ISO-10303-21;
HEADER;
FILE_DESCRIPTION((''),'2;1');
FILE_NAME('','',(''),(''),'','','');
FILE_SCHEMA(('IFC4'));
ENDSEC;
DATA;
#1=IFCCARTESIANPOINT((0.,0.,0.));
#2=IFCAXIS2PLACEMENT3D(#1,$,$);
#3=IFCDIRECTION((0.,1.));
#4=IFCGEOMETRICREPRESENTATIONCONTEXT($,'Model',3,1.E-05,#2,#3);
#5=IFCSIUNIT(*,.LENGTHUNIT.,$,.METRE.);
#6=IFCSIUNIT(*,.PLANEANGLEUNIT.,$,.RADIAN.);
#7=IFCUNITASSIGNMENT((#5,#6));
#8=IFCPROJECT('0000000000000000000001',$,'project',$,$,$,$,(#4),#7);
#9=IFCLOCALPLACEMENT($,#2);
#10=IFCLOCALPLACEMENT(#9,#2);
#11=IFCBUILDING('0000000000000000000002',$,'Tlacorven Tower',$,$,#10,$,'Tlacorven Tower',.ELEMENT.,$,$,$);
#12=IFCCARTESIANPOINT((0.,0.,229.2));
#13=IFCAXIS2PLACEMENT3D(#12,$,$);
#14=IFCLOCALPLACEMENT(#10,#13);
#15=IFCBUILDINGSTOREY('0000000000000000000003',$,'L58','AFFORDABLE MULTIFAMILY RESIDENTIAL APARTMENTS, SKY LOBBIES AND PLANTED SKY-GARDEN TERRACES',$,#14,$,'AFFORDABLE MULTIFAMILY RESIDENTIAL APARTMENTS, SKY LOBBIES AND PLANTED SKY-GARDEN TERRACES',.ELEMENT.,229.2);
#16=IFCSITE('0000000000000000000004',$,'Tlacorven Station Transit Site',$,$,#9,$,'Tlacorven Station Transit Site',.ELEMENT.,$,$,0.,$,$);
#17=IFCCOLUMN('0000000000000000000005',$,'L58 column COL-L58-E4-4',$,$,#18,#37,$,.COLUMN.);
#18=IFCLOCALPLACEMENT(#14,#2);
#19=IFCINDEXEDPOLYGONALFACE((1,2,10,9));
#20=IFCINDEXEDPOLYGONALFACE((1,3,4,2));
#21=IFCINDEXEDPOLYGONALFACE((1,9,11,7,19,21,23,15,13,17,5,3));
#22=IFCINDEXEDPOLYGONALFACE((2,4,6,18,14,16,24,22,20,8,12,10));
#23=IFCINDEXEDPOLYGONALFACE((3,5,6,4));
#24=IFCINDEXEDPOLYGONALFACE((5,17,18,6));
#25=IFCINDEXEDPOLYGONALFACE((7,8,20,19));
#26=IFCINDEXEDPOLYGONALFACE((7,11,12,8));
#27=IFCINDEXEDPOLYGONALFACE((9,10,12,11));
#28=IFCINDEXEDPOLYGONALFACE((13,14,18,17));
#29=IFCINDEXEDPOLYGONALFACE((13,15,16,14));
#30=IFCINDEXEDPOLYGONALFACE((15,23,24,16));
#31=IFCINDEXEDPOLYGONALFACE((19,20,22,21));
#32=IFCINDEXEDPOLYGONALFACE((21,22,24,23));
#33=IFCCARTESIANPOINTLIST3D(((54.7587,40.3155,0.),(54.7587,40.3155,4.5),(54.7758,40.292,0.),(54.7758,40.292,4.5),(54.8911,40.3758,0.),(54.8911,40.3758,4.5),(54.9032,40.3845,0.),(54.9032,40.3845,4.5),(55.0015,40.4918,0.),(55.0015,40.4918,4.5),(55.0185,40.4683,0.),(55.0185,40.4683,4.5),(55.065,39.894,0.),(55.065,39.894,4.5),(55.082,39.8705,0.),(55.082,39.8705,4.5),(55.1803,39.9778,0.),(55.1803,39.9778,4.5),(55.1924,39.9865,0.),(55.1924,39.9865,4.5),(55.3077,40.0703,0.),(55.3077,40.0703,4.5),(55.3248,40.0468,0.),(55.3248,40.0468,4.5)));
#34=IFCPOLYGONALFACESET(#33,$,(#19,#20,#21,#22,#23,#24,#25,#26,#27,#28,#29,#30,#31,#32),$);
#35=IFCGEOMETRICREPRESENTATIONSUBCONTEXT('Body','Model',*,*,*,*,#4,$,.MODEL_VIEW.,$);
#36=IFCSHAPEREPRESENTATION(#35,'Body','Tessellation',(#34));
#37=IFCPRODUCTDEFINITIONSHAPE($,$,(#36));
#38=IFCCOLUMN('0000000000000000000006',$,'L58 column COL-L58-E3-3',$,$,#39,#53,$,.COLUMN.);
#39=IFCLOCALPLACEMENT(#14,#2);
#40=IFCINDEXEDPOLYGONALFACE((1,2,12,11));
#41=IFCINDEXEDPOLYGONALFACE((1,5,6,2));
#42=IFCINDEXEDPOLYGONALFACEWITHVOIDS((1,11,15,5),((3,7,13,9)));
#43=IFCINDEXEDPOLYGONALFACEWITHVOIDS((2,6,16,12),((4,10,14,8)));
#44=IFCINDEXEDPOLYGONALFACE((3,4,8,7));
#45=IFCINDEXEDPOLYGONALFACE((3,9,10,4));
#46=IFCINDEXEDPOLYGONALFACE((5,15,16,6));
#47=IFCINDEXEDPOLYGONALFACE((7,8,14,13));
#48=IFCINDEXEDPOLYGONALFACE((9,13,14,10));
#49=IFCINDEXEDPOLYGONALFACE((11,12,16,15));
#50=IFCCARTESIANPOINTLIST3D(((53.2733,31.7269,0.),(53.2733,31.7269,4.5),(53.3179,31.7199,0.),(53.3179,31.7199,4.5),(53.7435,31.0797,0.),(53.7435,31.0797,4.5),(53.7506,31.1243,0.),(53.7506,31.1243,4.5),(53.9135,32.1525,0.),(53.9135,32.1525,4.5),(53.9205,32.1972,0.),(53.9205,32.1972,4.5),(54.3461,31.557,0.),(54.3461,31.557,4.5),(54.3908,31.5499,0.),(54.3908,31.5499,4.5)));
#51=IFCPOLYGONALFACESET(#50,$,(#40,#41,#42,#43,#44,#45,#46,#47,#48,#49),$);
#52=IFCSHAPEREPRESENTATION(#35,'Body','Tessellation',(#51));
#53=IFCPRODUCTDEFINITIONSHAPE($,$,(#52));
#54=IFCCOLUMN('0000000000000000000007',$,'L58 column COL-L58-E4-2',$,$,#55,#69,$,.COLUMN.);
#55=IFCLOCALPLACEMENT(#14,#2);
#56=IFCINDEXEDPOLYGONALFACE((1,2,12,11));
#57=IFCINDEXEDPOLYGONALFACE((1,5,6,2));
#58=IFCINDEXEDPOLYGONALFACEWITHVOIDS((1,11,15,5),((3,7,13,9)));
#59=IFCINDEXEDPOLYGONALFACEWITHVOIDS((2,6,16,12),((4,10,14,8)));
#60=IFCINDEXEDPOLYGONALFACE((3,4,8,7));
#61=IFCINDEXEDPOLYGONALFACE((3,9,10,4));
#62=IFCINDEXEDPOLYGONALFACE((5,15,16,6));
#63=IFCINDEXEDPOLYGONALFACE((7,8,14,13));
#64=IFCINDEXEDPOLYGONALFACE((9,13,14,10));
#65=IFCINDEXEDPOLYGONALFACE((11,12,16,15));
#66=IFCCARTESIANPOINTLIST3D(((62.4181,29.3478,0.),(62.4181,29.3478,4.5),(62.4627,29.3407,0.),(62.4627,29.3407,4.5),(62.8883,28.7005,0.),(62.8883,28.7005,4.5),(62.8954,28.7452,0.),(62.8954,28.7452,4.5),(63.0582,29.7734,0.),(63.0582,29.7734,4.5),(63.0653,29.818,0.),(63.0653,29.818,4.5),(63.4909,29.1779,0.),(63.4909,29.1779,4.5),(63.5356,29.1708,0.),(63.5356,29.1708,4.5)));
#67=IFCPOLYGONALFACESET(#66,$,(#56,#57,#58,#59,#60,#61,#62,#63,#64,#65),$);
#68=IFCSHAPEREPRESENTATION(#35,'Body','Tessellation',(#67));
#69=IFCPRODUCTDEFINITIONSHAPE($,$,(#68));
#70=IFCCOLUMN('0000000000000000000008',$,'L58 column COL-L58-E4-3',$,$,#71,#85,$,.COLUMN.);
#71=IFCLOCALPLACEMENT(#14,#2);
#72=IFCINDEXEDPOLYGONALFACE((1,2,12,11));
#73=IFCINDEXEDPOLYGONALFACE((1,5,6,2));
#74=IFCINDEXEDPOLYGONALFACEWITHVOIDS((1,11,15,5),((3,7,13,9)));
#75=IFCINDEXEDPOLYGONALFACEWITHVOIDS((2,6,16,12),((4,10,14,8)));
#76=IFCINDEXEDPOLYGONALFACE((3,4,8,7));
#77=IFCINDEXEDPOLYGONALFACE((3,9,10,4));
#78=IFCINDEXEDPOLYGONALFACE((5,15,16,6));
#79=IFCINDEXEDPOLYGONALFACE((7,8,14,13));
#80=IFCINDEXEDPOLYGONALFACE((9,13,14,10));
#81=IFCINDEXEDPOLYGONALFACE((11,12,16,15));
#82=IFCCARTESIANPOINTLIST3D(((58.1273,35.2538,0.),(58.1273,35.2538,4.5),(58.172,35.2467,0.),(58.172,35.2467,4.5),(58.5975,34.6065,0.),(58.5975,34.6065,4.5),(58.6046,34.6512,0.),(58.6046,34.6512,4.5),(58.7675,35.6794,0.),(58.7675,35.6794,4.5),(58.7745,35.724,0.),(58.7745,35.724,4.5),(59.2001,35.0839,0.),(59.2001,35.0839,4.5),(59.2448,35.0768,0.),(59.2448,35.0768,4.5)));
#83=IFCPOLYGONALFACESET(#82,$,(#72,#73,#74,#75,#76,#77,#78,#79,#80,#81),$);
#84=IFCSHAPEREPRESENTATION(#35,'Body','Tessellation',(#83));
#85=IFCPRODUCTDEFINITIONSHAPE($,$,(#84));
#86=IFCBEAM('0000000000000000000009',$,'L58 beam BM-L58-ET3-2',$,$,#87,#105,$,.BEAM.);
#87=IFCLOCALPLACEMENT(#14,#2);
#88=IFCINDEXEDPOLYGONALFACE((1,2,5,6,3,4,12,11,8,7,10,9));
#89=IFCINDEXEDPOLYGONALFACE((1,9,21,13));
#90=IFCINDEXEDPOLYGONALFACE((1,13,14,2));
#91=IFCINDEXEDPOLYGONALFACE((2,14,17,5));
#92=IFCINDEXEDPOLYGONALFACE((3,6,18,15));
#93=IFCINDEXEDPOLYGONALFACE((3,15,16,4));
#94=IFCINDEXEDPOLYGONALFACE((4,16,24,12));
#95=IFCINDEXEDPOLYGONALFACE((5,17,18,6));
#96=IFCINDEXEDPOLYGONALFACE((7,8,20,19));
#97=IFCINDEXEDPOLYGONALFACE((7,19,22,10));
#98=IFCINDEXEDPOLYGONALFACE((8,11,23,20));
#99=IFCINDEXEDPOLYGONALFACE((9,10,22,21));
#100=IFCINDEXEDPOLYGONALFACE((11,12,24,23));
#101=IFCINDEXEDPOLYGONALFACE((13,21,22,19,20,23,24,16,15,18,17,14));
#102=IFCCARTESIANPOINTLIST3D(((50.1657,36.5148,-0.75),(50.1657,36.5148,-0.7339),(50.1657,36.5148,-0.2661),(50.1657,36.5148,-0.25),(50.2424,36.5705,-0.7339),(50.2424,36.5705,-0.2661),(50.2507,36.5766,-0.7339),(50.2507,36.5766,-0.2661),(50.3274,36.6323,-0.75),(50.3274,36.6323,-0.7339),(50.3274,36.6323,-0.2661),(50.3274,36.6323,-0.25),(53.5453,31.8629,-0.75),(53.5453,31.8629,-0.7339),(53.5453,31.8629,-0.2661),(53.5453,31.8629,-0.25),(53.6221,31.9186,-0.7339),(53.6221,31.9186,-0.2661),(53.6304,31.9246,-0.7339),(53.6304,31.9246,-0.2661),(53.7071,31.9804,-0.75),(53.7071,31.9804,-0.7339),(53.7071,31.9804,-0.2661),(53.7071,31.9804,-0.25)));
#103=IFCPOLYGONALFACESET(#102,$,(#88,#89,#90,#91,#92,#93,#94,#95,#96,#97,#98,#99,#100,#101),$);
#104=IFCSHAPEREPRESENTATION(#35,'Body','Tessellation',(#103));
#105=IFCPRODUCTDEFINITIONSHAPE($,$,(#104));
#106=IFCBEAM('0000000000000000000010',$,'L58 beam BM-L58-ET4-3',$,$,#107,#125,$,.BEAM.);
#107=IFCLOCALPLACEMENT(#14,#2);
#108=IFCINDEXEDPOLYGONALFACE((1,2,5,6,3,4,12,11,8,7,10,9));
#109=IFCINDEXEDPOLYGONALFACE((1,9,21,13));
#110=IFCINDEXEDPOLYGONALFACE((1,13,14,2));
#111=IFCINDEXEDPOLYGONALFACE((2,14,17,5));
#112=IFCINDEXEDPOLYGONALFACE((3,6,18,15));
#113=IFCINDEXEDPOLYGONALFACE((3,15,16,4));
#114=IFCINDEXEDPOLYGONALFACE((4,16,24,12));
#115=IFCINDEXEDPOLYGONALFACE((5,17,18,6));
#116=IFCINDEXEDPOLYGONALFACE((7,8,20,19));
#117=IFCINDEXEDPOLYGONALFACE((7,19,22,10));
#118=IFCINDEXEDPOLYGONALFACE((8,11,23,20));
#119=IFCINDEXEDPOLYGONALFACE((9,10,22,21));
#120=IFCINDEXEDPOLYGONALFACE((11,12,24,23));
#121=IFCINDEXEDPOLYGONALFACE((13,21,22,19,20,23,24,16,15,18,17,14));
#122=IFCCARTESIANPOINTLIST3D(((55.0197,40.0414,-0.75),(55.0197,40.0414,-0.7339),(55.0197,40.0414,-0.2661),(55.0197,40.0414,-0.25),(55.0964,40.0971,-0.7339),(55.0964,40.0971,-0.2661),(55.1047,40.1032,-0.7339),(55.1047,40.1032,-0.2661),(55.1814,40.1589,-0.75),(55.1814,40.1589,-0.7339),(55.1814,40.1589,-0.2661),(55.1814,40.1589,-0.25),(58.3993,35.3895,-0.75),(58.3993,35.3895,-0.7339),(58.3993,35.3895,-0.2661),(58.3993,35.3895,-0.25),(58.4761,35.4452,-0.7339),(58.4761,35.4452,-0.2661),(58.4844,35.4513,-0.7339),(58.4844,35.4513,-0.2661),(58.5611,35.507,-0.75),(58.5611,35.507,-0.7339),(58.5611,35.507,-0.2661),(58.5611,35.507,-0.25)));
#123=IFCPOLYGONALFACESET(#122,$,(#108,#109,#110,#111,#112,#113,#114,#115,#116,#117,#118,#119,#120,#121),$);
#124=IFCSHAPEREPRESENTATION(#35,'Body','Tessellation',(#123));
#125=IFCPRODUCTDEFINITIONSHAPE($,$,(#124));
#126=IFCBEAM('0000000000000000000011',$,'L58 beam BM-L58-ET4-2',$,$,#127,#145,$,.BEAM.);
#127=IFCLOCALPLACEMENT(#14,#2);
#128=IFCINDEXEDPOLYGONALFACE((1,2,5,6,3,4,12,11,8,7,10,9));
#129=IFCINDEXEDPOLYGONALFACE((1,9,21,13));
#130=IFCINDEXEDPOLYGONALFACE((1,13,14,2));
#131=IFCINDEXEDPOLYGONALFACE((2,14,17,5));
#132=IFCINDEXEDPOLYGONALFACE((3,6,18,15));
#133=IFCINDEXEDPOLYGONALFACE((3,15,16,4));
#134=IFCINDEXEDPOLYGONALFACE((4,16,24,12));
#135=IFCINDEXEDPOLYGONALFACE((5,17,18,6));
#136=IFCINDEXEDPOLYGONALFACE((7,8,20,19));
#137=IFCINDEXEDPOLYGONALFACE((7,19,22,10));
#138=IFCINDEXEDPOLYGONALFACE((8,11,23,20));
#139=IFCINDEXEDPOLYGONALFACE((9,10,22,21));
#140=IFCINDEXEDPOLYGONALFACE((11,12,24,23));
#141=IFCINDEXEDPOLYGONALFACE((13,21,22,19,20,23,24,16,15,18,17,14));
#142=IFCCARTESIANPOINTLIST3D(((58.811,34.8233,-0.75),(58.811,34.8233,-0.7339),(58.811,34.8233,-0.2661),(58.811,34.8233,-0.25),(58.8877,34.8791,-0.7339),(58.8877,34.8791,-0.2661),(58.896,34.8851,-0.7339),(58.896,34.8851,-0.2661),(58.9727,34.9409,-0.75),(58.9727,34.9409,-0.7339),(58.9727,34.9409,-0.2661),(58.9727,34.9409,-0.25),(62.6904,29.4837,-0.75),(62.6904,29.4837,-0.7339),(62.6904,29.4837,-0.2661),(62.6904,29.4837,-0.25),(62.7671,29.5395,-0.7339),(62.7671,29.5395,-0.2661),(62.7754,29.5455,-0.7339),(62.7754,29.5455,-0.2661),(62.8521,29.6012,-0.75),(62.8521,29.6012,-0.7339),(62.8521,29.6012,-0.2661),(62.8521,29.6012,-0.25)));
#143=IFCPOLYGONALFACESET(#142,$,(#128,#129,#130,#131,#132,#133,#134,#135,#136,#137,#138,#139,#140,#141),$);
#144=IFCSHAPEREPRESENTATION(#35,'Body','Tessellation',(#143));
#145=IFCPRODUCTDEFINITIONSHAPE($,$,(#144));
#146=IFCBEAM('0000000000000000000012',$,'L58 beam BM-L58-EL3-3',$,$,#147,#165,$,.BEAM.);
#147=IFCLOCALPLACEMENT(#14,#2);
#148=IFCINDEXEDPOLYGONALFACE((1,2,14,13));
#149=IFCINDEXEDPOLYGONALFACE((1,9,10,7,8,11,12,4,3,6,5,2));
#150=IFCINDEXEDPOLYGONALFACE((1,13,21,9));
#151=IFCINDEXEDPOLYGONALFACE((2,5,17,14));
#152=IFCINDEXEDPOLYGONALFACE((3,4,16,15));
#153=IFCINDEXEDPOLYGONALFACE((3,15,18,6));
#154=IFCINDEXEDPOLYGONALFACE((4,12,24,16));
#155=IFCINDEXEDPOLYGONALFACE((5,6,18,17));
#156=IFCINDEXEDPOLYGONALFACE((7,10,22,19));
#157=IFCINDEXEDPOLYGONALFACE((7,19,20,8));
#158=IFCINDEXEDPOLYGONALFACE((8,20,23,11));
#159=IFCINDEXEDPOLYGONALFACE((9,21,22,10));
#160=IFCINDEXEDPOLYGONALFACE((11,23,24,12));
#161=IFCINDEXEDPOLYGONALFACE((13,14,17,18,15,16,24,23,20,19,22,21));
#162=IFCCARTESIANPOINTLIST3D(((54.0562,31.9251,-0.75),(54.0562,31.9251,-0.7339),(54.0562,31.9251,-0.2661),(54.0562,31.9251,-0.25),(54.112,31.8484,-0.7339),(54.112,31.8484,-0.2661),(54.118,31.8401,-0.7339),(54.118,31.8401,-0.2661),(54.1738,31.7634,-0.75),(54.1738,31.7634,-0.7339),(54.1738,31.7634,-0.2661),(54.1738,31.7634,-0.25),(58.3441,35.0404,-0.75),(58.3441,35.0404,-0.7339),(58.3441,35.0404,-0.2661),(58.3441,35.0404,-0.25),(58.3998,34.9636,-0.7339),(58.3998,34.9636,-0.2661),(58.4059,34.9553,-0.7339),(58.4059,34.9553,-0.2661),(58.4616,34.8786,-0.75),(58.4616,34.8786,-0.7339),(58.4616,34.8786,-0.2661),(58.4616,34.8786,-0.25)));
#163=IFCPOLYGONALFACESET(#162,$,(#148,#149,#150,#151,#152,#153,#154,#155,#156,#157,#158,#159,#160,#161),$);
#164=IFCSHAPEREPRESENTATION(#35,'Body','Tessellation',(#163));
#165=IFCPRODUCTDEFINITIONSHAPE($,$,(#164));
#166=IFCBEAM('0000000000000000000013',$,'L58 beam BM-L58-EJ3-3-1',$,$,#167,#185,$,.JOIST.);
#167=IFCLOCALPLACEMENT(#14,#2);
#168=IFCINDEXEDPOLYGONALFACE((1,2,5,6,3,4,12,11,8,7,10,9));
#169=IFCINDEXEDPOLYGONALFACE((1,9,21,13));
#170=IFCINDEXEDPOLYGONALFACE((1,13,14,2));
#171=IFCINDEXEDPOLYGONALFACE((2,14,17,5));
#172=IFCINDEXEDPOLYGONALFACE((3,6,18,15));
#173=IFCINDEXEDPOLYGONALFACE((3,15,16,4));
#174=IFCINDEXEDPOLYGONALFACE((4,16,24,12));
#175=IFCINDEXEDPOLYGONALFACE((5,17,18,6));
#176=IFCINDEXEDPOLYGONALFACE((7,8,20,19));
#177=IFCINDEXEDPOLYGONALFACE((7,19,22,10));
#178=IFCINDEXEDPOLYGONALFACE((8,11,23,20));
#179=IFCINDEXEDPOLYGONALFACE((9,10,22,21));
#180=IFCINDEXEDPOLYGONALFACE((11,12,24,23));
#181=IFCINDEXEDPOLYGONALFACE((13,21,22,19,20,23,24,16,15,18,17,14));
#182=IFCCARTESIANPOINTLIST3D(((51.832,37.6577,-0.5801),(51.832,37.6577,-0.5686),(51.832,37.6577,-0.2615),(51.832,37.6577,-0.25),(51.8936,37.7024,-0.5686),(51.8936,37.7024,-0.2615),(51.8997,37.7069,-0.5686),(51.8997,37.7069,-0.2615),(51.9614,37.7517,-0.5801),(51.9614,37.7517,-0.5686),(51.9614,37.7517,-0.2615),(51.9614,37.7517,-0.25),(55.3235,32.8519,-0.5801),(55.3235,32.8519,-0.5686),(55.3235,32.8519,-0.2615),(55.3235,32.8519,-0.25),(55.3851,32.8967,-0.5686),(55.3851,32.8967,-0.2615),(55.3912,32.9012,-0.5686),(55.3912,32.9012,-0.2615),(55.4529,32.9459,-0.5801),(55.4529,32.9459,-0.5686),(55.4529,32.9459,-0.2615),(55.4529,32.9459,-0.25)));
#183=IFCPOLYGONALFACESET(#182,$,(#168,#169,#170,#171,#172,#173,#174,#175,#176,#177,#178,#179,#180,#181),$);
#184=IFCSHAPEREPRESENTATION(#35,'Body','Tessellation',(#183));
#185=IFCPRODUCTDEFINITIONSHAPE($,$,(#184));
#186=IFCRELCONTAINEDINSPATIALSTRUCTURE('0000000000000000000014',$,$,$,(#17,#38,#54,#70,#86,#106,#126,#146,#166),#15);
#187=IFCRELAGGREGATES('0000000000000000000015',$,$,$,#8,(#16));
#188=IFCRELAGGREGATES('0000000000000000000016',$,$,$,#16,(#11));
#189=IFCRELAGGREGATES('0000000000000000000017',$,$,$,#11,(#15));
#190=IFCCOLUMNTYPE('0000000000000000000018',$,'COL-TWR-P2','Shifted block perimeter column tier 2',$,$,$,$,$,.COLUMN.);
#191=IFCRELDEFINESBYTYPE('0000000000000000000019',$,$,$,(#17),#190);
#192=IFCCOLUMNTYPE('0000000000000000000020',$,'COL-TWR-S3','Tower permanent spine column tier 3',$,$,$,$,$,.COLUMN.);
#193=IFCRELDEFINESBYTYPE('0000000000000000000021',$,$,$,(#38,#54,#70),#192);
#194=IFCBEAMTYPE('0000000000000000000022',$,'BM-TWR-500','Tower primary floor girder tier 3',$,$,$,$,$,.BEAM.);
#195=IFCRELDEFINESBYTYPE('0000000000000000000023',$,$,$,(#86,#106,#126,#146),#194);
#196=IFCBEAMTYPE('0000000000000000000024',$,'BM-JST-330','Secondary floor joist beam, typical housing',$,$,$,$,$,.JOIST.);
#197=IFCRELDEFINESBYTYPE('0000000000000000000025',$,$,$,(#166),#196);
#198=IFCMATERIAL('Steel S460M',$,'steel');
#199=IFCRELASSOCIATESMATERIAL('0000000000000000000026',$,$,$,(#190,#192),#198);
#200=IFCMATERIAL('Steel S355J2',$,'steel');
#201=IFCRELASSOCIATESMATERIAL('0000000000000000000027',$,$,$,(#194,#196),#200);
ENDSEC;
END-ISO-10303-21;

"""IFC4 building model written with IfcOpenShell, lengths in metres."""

from ifc_helpers import new_model, si_unit, direction, frame, origin, origin_2d, place, context, subcontext, project, spatial, hollow_rectangle, i_section, extrude, source, transform, mapped, material, material_profile, profile_set, type_object, element, save


model = new_model("IFC4")

# Units and contexts
model_context = context("Model", 3, precision=1e-05, world=origin(), true_north=direction((0.0, 1.0)))
body_context = subcontext(model_context, "Body", "Model", "MODEL_VIEW")
ifc_project = project(units=[si_unit("LENGTHUNIT", "METRE"), si_unit("PLANEANGLEUNIT", "RADIAN")], contexts=[model_context])

# Site, building, storey
site_placement = place(None, origin())
site = spatial("IfcSite", under=ifc_project, at=site_placement, Name="Tlacorven Station Transit Site", LongName="Tlacorven Station Transit Site", CompositionType="ELEMENT", RefElevation=0.0)
building_placement = place(site_placement, origin())
building = spatial("IfcBuilding", under=site, at=building_placement, Name="Tlacorven Tower", LongName="Tlacorven Tower", CompositionType="ELEMENT")
storey_placement = place(building_placement, frame((0.0, 0.0, 229.2)))
storey = spatial("IfcBuildingStorey", under=building, at=storey_placement, Name="L58", Description="AFFORDABLE MULTIFAMILY RESIDENTIAL APARTMENTS, SKY LOBBIES AND PLANTED SKY-GARDEN TERRACES", LongName="AFFORDABLE MULTIFAMILY RESIDENTIAL APARTMENTS, SKY LOBBIES AND PLANTED SKY-GARDEN TERRACES", CompositionType="ELEMENT", Elevation=229.2)

# Columns
ifc_material_1 = material(Name="Steel S460M", Category="steel")
ifc_material_profile_1 = material_profile(ifc_material_1, i_section(OverallWidth=0.3, OverallDepth=0.55, WebThickness=0.0149, FlangeThickness=0.0291, at=origin_2d()), Name="HEB 550")
ifc_profile_set_1 = profile_set([ifc_material_profile_1], Name="Steel S460M")
column_type_1 = type_object("IfcColumnType", Name="COL-TWR-P2", Description="Shifted block perimeter column tier 2", PredefinedType="COLUMN", material=ifc_profile_set_1)
shared_shape_1 = source(origin(), body_context, "Body", "SweptSolid", [
    extrude(i_section(OverallWidth=0.3, OverallDepth=0.55, WebThickness=0.0149, FlangeThickness=0.0291, at=origin_2d()), origin(), (0.0, 0.0, 1.0), 4.5),
])
column_placement = place(storey_placement, frame((55.0417, 40.1812, 0.0), z_axis=(0.0, 0.0, 1.0), x_axis=(0.809017, 0.587785, 0.0)))
element("IfcColumn", 1, at=column_placement, inside=storey, type_object=column_type_1, Name="L58 column COL-L58-E4-4", PredefinedType="COLUMN", context=body_context, shape_type="MappedRepresentation", body=[
    mapped(shared_shape_1, transform((0.0, 0.0, 0.0), scale=1.0)),
])
ifc_material_profile_2 = material_profile(ifc_material_1, hollow_rectangle(XDim=0.8, YDim=0.8, WallThickness=0.032, at=origin_2d()), Name="BOX 800X800X32")
ifc_profile_set_2 = profile_set([ifc_material_profile_2], Name="Steel S460M")
column_type_2 = type_object("IfcColumnType", Name="COL-TWR-S3", Description="Tower permanent spine column tier 3", PredefinedType="COLUMN", material=ifc_profile_set_2)
shared_shape_2 = source(origin(), body_context, "Body", "SweptSolid", [
    extrude(hollow_rectangle(XDim=0.8, YDim=0.8, WallThickness=0.032, at=origin_2d()), origin(), (0.0, 0.0, 1.0), 4.5),
])
for number, where, z_axis, x_axis, name in (
    (2, (53.832, 31.6384, 0.0), (0.0, 0.0, 1.0), (0.809017, 0.587785, 0.0), "L58 column COL-L58-E3-3"),
    (3, (62.9768, 29.2593, 0.0), (0.0, 0.0, 1.0), (0.809017, 0.587785, 0.0), "L58 column COL-L58-E4-2"),
    (4, (58.686, 35.1653, 0.0), (0.0, 0.0, 1.0), (0.809017, 0.587785, 0.0), "L58 column COL-L58-E4-3"),
):
    element("IfcColumn", number, at=place(storey_placement, frame(where, z_axis=z_axis, x_axis=x_axis)), inside=storey, type_object=column_type_2, Name=name, PredefinedType="COLUMN", context=body_context, shape_type="MappedRepresentation", body=[
        mapped(shared_shape_2, transform((0.0, 0.0, 0.0), scale=1.0)),
    ])

# Beams
ifc_material_2 = material(Name="Steel S355J2", Category="steel")
ifc_material_profile_3 = material_profile(ifc_material_2, i_section(OverallWidth=0.2, OverallDepth=0.5, WebThickness=0.0103, FlangeThickness=0.0161, at=origin_2d()), Name="IPE 500")
ifc_profile_set_3 = profile_set([ifc_material_profile_3], Name="Steel S355J2")
beam_type_1 = type_object("IfcBeamType", Name="BM-TWR-500", Description="Tower primary floor girder tier 3", PredefinedType="BEAM", material=ifc_profile_set_3)
shared_shape_3 = source(origin(), body_context, "Body", "SweptSolid", [
    extrude(i_section(OverallWidth=0.2, OverallDepth=0.5, WebThickness=0.0103, FlangeThickness=0.0161, at=origin_2d()), origin(), (0.0, 0.0, 1.0), 5.75),
])
for number, where, z_axis, x_axis, name in (
    (5, (53.6262, 31.9216, -0.5), (-0.58777, 0.809028, 0.0), (-0.809028, -0.58777, 0.0), "L58 beam BM-L58-ET3-2"),
    (6, (58.4802, 35.4482, -0.5), (-0.58777, 0.809028, 0.0), (-0.809028, -0.58777, 0.0), "L58 beam BM-L58-ET4-3"),
):
    element("IfcBeam", number, at=place(storey_placement, frame(where, z_axis=z_axis, x_axis=x_axis)), inside=storey, type_object=beam_type_1, Name=name, PredefinedType="BEAM", context=body_context, shape_type="MappedRepresentation", body=[
        mapped(shared_shape_3, transform((0.0, 0.0, 0.0), scale=1.0)),
    ])
shared_shape_4 = source(origin(), body_context, "Body", "SweptSolid", [
    extrude(i_section(OverallWidth=0.2, OverallDepth=0.5, WebThickness=0.0103, FlangeThickness=0.0161, at=origin_2d()), origin(), (0.0, 0.0, 1.0), 6.6001),
])
beam_1_placement = place(storey_placement, frame((62.7712, 29.5425, -0.5), z_axis=(-0.58778, 0.809021, 0.0), x_axis=(-0.809021, -0.58778, 0.0)))
element("IfcBeam", 7, at=beam_1_placement, inside=storey, type_object=beam_type_1, Name="L58 beam BM-L58-ET4-2", PredefinedType="BEAM", context=body_context, shape_type="MappedRepresentation", body=[
    mapped(shared_shape_4, transform((0.0, 0.0, 0.0), scale=1.0)),
])
shared_shape_5 = source(origin(), body_context, "Body", "SweptSolid", [
    extrude(i_section(OverallWidth=0.2, OverallDepth=0.5, WebThickness=0.0103, FlangeThickness=0.0161, at=origin_2d()), origin(), (0.0, 0.0, 1.0), 5.3),
])
beam_2_placement = place(storey_placement, frame((54.115, 31.8442, -0.5), z_axis=(0.809023, 0.587777, 0.0), x_axis=(-0.587777, 0.809023, 0.0)))
element("IfcBeam", 8, at=beam_2_placement, inside=storey, type_object=beam_type_1, Name="L58 beam BM-L58-EL3-3", PredefinedType="BEAM", context=body_context, shape_type="MappedRepresentation", body=[
    mapped(shared_shape_5, transform((0.0, 0.0, 0.0), scale=1.0)),
])
ifc_material_profile_4 = material_profile(ifc_material_2, i_section(OverallWidth=0.1599, OverallDepth=0.3301, WebThickness=0.0076, FlangeThickness=0.0115, at=origin_2d()), Name="IPE 330")
ifc_profile_set_4 = profile_set([ifc_material_profile_4], Name="Steel S355J2")
beam_type_2 = type_object("IfcBeamType", Name="BM-JST-330", Description="Secondary floor joist beam, typical housing", PredefinedType="JOIST", material=ifc_profile_set_4)
shared_shape_6 = source(origin(), body_context, "Body", "SweptSolid", [
    extrude(i_section(OverallWidth=0.1599, OverallDepth=0.3301, WebThickness=0.0076, FlangeThickness=0.0115, at=origin_2d()), origin(), (0.0, 0.0, 1.0), 5.9402),
])
for number, where, z_axis, x_axis, name in (
    (9, (55.3882, 32.8989, -0.415), (-0.587778, 0.809022, 0.0), (-0.809022, -0.587778, 0.0), "L58 beam BM-L58-EJ3-3-1"),
):
    element("IfcBeam", number, at=place(storey_placement, frame(where, z_axis=z_axis, x_axis=x_axis)), inside=storey, type_object=beam_type_2, Name=name, PredefinedType="JOIST", context=body_context, shape_type="MappedRepresentation", body=[
        mapped(shared_shape_6, transform((0.0, 0.0, 0.0), scale=1.0)),
    ])

save(model, "model.ifc")
